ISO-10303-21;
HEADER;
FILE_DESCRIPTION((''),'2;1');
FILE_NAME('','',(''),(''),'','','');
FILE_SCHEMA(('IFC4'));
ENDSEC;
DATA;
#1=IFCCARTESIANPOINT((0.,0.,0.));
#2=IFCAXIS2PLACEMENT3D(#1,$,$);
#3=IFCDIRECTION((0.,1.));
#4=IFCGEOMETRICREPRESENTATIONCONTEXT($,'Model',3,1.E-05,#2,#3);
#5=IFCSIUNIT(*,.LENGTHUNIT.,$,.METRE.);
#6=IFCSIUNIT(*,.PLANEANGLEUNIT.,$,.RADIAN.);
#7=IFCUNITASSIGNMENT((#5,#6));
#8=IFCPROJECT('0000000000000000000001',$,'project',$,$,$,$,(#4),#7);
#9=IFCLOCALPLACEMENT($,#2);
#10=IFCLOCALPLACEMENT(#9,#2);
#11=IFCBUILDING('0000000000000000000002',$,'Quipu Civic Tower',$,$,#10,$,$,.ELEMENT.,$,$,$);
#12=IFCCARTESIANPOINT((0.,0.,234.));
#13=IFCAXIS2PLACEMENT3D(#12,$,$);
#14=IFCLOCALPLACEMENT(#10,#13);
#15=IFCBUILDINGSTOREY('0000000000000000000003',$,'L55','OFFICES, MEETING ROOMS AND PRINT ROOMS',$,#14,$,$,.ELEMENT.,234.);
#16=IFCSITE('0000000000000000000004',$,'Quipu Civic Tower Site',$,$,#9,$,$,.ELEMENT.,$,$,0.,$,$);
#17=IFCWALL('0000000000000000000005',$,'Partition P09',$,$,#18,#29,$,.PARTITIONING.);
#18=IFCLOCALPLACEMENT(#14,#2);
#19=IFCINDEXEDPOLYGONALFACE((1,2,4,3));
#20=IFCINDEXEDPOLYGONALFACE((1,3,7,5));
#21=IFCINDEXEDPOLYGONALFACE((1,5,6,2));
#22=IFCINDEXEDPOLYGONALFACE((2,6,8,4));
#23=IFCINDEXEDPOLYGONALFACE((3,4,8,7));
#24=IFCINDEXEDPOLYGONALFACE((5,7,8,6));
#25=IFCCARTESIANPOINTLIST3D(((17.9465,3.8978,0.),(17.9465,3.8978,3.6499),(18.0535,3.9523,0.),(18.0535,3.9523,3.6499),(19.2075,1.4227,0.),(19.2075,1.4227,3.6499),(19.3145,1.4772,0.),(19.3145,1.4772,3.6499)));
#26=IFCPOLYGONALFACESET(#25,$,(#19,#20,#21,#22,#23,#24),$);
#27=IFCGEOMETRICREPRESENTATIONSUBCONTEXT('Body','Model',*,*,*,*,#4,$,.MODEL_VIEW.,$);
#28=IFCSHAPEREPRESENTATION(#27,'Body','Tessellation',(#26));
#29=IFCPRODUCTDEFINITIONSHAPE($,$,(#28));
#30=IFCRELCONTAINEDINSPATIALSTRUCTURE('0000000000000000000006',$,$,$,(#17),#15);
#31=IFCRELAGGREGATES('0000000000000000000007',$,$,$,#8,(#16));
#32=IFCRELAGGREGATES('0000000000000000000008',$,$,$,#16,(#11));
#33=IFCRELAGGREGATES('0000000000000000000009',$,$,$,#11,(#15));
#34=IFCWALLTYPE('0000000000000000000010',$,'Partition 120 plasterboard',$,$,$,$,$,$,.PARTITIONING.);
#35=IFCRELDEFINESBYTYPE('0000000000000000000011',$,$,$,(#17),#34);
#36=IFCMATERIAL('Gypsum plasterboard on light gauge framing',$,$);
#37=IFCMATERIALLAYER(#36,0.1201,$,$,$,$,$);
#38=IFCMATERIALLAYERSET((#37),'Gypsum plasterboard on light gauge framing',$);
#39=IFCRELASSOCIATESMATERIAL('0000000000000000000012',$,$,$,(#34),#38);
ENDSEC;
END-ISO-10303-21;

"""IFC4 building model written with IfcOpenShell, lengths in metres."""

from ifc_helpers import new_model, si_unit, direction, frame, frame_2d, origin, place, context, subcontext, project, spatial, rectangle, extrude, material, layer, layer_set, type_object, element, save


model = new_model("IFC4")

# Units and contexts
model_context = context("Model", 3, precision=1e-05, world=origin(), true_north=direction((0.0, 1.0)))
body_context = subcontext(model_context, "Body", "Model", "MODEL_VIEW")
ifc_project = project(units=[si_unit("LENGTHUNIT", "METRE"), si_unit("PLANEANGLEUNIT", "RADIAN")], contexts=[model_context])

# Site, building, storey
site_placement = place(None, origin())
site = spatial("IfcSite", under=ifc_project, at=site_placement, Name="Quipu Civic Tower Site", CompositionType="ELEMENT", RefElevation=0.0)
building_placement = place(site_placement, origin())
building = spatial("IfcBuilding", under=site, at=building_placement, Name="Quipu Civic Tower", CompositionType="ELEMENT")
storey_placement = place(building_placement, frame((0.0, 0.0, 234.0)))
storey = spatial("IfcBuildingStorey", under=building, at=storey_placement, Name="L55", Description="OFFICES, MEETING ROOMS AND PRINT ROOMS", CompositionType="ELEMENT", Elevation=234.0)

# Wall
ifc_material_1 = material(Name="Gypsum plasterboard on light gauge framing")
ifc_layer_1 = layer(ifc_material_1, 0.1201)
ifc_layer_set_1 = layer_set([ifc_layer_1], Name="Gypsum plasterboard on light gauge framing")
wall_type_1 = type_object("IfcWallType", Name="Partition 120 plasterboard", PredefinedType="PARTITIONING", material=ifc_layer_set_1)
wall_1_placement = place(storey_placement, frame((18.0, 3.925, 0.0), z_axis=(0.0, 0.0, 1.0), x_axis=(0.453951, -0.891027, 0.0)))
element("IfcWall", 1, at=wall_1_placement, inside=storey, type_object=wall_type_1, Name="Partition P09", PredefinedType="PARTITIONING", context=body_context, shape_type="SweptSolid", body=[
    extrude(rectangle(XDim=2.7778, YDim=0.1201, at=frame_2d((1.3889, 0.0))), origin(), (0.0, 0.0, 1.0), 3.6499),
])

save(model, "model.ifc")
